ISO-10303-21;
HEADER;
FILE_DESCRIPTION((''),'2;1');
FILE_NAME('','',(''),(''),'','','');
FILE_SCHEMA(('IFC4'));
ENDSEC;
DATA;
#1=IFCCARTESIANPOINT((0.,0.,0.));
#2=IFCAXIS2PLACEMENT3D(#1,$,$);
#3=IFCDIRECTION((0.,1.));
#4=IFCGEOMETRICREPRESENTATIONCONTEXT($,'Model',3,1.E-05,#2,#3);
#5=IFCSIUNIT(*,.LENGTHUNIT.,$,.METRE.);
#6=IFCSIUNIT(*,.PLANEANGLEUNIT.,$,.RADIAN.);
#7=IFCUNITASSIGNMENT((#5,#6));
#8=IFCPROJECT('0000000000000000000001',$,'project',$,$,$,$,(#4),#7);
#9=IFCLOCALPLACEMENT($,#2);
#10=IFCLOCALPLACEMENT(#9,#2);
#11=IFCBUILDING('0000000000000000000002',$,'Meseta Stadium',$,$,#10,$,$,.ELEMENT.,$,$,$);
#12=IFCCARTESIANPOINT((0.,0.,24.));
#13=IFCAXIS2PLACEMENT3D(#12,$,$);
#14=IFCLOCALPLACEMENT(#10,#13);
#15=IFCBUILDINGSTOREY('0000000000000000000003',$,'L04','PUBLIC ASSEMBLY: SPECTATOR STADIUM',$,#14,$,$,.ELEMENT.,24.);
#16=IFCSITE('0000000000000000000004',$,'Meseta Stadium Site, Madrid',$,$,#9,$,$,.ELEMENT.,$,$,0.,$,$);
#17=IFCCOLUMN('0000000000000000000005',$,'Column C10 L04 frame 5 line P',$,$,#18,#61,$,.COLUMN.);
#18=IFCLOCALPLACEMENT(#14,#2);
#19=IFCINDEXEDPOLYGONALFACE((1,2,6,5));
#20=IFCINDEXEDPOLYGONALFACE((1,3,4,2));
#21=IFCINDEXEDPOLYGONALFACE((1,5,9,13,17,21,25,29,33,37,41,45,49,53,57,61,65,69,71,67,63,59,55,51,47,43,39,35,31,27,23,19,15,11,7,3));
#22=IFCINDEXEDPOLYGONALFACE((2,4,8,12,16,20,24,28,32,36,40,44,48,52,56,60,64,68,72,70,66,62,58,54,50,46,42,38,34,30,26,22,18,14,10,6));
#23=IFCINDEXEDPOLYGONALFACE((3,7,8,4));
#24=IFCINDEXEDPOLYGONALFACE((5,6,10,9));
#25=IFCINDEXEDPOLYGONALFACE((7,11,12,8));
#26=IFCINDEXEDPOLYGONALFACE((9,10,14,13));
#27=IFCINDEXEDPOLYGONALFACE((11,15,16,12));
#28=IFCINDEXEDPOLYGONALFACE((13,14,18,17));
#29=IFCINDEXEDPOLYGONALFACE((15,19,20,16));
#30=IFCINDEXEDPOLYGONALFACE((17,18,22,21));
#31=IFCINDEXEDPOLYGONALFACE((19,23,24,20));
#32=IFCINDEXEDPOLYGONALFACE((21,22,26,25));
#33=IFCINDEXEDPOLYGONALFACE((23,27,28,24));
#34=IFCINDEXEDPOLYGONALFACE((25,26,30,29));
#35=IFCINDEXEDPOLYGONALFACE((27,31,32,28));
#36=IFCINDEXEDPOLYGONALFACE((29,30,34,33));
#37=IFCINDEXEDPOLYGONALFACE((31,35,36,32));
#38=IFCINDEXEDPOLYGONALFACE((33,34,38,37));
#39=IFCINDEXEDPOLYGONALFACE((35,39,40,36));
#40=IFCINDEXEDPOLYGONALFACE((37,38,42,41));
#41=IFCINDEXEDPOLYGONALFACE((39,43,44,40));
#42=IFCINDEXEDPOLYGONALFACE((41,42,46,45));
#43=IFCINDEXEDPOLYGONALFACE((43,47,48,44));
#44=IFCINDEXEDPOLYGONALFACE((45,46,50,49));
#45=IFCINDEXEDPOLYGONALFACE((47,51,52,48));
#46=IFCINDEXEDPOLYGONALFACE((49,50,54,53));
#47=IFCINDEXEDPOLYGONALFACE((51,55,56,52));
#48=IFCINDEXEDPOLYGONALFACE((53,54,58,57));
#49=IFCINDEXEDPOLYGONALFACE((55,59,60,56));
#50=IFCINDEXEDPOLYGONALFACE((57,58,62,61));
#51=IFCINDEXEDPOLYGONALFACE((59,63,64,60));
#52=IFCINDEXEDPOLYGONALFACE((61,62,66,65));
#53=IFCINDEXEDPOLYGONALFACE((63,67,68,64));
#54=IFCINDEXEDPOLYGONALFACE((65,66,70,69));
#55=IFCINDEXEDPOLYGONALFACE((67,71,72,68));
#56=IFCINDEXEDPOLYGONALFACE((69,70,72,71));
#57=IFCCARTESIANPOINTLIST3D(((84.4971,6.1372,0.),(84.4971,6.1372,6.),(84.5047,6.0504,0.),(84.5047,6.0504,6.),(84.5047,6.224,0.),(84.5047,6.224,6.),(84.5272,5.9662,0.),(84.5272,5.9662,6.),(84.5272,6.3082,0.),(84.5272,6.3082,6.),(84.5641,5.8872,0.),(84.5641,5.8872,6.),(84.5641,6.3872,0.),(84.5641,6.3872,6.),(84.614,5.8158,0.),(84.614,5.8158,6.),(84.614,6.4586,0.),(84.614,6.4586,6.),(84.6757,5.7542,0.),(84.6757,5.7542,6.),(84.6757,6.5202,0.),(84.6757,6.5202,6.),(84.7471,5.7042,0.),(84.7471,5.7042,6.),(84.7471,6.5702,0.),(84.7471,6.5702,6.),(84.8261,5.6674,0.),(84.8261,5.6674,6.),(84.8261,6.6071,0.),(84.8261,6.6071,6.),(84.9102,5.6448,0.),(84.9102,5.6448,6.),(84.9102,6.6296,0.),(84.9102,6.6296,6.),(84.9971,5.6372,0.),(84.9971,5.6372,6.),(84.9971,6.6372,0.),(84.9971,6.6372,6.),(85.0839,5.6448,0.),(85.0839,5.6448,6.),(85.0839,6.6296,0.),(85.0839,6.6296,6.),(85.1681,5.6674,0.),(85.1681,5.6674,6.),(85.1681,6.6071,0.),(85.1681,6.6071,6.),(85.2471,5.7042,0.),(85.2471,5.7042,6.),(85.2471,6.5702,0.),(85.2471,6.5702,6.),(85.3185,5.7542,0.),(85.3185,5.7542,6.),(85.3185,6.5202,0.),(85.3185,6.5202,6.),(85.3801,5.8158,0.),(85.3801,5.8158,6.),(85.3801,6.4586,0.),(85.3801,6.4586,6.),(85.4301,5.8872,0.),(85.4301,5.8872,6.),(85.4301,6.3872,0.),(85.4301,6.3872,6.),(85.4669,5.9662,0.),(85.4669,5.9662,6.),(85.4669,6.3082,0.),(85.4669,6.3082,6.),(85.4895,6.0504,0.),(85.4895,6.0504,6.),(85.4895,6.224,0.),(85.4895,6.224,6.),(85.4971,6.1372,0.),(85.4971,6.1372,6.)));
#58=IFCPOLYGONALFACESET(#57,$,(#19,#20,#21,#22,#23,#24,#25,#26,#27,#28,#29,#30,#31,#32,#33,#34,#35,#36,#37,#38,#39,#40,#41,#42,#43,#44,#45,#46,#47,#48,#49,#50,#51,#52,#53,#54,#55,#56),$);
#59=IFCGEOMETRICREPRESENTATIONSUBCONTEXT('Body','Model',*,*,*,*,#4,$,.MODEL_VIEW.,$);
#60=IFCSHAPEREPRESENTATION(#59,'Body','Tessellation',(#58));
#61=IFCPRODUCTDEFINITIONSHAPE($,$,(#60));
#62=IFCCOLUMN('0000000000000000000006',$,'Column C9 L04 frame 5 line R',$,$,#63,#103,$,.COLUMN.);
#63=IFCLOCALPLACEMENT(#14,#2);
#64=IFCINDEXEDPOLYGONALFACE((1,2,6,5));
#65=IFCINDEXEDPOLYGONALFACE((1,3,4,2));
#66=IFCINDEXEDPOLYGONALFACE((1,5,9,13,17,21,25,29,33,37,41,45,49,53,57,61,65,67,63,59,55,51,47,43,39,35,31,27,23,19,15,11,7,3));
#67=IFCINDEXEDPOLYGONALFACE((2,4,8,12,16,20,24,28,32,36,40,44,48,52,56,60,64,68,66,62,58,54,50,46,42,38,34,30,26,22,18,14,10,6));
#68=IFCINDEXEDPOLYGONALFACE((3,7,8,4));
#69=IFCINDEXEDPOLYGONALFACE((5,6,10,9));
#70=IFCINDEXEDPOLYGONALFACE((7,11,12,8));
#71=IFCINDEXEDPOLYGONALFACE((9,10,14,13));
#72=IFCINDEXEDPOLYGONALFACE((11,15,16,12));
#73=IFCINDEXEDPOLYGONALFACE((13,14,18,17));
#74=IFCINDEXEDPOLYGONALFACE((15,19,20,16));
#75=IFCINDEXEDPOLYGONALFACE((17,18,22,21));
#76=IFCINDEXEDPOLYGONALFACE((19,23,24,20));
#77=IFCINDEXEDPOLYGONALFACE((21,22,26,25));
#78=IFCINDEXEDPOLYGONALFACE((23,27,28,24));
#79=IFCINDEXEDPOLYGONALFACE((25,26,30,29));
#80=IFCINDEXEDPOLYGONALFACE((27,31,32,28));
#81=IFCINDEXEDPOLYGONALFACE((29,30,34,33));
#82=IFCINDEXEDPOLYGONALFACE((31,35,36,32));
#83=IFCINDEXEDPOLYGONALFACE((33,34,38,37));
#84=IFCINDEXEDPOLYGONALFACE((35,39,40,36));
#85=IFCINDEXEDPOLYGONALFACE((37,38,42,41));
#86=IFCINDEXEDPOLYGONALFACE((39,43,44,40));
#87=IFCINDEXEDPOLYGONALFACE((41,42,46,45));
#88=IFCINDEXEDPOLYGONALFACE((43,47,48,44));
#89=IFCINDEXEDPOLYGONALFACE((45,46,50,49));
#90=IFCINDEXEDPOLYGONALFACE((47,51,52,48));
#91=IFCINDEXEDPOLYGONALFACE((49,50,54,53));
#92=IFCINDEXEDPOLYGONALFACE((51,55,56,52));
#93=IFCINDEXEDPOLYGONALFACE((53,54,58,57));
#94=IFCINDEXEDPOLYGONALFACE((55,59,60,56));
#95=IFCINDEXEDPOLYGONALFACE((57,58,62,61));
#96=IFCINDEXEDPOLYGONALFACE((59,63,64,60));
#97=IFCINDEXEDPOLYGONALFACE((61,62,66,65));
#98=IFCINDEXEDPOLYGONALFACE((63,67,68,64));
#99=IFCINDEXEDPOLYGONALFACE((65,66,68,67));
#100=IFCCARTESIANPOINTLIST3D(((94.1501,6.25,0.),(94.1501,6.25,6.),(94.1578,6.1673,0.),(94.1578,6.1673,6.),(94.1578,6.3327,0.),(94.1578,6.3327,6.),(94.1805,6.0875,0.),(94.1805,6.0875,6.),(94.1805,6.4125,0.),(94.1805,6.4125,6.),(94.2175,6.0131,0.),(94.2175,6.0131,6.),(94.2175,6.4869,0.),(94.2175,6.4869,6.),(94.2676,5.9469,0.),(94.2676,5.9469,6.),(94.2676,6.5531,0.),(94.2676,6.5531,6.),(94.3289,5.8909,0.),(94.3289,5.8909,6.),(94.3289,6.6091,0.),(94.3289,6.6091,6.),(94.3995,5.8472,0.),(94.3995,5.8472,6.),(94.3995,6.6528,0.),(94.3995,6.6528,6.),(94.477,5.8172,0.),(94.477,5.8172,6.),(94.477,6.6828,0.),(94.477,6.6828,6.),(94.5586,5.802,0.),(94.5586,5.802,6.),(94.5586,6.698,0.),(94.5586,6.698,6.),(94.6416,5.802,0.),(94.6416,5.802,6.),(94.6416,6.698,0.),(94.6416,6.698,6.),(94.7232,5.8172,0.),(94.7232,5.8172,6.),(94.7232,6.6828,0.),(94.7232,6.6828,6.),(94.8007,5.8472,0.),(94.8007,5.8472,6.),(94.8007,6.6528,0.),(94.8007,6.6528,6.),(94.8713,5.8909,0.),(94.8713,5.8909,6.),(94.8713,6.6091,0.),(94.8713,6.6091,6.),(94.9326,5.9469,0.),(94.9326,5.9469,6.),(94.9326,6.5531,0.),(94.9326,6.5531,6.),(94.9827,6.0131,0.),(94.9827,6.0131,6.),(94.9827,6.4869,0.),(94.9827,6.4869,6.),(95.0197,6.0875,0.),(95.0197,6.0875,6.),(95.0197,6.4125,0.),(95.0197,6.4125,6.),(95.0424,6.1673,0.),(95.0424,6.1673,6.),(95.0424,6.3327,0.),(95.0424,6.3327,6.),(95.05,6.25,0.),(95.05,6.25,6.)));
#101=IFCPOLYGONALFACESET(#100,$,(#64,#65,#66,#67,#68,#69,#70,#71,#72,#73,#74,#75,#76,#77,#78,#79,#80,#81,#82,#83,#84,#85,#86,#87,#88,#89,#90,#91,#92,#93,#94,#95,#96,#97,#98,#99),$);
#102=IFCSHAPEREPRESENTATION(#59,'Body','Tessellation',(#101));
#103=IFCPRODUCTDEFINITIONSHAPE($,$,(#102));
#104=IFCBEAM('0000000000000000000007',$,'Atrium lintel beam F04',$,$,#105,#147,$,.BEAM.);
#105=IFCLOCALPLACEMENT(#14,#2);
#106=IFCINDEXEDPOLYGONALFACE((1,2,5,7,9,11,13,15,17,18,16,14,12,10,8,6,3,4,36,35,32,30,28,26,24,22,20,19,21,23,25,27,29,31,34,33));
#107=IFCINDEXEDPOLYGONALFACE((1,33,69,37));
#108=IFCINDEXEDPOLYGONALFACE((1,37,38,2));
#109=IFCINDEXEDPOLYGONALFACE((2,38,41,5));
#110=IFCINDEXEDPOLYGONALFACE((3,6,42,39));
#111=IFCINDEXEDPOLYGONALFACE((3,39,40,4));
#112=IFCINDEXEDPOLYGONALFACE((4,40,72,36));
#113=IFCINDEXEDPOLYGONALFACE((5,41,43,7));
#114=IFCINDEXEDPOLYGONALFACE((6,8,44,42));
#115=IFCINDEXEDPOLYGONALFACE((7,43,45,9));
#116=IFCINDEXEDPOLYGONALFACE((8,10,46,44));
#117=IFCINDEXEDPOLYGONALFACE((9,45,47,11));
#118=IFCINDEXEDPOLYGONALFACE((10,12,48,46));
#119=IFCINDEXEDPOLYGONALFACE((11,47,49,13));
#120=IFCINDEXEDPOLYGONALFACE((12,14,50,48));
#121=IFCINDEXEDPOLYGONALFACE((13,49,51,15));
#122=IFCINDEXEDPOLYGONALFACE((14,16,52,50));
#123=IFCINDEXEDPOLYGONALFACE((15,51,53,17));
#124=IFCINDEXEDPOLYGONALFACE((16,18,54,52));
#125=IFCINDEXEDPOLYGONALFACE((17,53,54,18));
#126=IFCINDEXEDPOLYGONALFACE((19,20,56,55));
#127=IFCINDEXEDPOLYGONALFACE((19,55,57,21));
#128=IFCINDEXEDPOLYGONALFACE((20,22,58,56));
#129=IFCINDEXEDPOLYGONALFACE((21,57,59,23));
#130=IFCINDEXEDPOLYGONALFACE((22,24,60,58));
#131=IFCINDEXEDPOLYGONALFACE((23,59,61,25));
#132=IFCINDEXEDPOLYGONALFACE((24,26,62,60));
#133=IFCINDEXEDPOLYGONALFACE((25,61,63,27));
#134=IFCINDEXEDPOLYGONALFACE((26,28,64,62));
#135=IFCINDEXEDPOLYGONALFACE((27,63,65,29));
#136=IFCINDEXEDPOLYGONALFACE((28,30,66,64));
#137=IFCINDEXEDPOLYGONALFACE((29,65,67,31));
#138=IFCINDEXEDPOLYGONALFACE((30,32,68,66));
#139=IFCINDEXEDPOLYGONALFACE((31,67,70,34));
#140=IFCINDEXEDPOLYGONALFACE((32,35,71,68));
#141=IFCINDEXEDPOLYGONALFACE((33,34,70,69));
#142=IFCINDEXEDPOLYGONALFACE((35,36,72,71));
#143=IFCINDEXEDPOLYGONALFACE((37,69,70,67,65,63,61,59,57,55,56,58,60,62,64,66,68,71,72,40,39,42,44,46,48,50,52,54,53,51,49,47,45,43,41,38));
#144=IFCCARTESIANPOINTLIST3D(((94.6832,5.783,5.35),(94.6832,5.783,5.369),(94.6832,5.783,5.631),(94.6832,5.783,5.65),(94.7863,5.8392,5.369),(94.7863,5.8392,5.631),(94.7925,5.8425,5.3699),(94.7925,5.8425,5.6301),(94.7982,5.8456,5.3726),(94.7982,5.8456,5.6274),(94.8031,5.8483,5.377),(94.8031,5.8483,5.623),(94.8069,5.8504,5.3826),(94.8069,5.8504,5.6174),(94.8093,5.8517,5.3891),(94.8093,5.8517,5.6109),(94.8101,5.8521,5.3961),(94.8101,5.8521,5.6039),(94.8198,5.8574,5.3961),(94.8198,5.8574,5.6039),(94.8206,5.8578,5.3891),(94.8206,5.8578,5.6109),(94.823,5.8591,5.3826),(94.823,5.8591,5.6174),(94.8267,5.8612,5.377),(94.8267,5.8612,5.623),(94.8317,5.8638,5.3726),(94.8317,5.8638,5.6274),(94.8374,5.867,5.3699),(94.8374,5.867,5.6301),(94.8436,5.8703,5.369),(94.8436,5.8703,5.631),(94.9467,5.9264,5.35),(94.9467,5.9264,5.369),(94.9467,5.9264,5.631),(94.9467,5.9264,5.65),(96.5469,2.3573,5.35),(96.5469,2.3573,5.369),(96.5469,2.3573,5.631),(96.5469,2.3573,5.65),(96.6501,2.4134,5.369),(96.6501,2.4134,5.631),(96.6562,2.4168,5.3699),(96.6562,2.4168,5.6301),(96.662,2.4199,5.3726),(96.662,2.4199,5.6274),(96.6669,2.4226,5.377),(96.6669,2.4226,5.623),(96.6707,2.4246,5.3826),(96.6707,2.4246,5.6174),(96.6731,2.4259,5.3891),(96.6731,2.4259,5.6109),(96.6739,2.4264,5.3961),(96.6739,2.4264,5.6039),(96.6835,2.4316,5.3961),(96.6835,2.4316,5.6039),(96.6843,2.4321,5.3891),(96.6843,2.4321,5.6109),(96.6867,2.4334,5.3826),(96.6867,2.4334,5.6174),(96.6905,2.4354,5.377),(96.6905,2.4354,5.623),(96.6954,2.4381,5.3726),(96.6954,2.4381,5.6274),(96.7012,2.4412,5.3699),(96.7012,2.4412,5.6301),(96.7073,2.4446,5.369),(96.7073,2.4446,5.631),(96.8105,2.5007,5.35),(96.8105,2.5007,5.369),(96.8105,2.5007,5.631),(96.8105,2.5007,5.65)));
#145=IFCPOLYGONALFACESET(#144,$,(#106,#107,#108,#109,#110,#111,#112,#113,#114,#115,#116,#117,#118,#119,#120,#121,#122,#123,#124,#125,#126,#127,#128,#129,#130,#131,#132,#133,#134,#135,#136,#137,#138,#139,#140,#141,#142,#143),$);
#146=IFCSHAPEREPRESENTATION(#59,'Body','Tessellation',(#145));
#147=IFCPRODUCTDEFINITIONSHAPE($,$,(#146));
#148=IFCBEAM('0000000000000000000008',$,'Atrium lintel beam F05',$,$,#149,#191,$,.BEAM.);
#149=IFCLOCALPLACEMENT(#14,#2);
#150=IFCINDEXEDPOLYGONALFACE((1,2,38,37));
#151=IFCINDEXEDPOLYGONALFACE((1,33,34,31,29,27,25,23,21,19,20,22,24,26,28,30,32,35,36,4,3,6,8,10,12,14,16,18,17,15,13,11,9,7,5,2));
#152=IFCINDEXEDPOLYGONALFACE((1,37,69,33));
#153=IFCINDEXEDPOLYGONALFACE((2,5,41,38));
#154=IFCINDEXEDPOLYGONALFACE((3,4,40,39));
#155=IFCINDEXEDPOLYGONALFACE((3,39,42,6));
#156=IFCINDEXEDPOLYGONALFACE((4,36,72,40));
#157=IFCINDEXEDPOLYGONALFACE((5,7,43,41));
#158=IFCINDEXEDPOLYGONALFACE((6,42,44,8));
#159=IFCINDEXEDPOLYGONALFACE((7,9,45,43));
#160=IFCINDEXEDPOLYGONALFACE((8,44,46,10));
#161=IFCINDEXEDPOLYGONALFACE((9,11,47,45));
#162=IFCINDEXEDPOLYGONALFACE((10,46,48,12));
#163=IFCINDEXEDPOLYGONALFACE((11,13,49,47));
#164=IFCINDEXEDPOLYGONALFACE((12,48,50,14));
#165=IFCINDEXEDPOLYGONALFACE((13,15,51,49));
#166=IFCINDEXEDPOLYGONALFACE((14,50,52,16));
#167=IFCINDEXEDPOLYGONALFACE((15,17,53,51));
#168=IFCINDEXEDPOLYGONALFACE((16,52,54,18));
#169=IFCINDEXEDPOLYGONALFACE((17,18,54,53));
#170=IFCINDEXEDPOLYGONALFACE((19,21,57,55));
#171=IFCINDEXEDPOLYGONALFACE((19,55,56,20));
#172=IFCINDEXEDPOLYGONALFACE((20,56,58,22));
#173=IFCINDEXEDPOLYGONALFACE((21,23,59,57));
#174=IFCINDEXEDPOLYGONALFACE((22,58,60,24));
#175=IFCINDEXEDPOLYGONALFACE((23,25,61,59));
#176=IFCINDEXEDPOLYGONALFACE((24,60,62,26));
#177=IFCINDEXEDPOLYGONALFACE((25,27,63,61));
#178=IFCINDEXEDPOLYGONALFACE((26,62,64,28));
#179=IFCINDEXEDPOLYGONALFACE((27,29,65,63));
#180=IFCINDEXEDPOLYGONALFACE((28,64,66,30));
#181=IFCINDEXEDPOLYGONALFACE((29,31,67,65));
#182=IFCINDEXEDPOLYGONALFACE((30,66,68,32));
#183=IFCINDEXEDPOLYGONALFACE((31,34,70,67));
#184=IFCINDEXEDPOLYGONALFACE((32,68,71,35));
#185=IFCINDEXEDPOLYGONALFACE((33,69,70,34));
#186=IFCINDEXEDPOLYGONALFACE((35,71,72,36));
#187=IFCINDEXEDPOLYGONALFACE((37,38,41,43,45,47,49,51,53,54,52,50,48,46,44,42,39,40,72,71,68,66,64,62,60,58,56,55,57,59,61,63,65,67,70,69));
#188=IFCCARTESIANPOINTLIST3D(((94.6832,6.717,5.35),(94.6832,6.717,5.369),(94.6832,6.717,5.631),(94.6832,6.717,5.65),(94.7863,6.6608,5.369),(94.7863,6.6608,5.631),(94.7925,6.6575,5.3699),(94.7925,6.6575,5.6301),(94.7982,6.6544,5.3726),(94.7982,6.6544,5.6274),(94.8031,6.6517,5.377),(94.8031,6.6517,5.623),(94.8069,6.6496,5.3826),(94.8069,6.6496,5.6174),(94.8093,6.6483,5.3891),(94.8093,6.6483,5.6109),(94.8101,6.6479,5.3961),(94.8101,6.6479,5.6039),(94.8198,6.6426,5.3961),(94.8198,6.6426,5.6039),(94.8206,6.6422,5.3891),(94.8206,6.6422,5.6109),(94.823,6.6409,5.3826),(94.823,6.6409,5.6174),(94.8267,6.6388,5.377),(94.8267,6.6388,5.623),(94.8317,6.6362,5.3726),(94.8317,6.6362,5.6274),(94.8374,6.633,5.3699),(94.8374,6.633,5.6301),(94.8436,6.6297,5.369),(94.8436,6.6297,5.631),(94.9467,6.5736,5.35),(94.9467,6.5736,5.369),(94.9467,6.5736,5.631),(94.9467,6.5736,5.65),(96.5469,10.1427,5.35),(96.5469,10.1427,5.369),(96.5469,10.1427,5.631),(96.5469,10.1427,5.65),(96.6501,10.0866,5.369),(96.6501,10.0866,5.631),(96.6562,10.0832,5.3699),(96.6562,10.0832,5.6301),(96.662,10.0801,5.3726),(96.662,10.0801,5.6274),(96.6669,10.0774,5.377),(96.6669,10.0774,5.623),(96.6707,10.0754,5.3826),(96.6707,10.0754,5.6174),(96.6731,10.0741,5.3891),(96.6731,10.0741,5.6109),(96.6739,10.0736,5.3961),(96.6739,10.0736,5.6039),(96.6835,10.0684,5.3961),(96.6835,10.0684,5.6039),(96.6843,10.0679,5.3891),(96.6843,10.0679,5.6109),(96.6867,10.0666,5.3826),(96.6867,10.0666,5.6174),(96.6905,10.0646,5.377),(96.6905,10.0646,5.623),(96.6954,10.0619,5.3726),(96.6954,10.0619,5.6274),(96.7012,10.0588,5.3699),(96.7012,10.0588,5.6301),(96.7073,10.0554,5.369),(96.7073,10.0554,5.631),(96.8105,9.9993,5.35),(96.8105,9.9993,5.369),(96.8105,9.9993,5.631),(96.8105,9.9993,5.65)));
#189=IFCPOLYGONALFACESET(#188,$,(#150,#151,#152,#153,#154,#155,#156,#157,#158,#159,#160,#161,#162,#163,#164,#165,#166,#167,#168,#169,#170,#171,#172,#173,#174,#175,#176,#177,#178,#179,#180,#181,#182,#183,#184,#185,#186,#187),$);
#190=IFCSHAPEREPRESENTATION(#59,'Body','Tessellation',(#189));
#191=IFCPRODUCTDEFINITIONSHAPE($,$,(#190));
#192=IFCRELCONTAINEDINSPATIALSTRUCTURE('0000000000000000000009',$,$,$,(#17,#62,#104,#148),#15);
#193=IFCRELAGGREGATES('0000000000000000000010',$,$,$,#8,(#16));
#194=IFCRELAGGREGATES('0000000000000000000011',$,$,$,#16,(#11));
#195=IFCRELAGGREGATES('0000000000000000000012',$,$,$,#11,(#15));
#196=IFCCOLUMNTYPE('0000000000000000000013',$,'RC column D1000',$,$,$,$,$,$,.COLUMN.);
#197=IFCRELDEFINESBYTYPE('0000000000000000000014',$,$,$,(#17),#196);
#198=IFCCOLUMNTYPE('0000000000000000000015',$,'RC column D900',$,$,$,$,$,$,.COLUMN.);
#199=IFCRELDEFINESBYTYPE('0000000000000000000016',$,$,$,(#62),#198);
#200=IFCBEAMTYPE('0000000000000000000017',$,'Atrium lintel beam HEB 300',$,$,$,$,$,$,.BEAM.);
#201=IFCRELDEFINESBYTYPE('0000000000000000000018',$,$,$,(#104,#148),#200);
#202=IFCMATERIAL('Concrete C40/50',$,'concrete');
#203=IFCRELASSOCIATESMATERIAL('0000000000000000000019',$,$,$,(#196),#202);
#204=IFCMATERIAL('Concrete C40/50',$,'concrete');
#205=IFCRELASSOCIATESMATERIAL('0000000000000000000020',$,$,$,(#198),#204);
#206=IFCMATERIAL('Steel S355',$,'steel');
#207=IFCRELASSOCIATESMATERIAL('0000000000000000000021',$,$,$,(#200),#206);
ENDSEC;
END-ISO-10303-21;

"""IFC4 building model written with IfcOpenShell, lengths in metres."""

from ifc_helpers import new_model, si_unit, direction, frame, origin, origin_2d, place, context, subcontext, project, spatial, circle, i_section, extrude, material, material_profile, profile_set, type_object, element, save


model = new_model("IFC4")

# Units and contexts
model_context = context("Model", 3, precision=1e-05, world=origin(), true_north=direction((0.0, 1.0)))
body_context = subcontext(model_context, "Body", "Model", "MODEL_VIEW")
ifc_project = project(units=[si_unit("LENGTHUNIT", "METRE"), si_unit("PLANEANGLEUNIT", "RADIAN")], contexts=[model_context])

# Site, building, storey
site_placement = place(None, origin())
site = spatial("IfcSite", under=ifc_project, at=site_placement, Name="Meseta Stadium Site, Madrid", CompositionType="ELEMENT", RefElevation=0.0)
building_placement = place(site_placement, origin())
building = spatial("IfcBuilding", under=site, at=building_placement, Name="Meseta Stadium", CompositionType="ELEMENT")
storey_placement = place(building_placement, frame((0.0, 0.0, 24.0)))
storey = spatial("IfcBuildingStorey", under=building, at=storey_placement, Name="L04", Description="PUBLIC ASSEMBLY: SPECTATOR STADIUM", CompositionType="ELEMENT", Elevation=24.0)

# Columns
ifc_material_1 = material(Name="Concrete C40/50", Category="concrete")
ifc_material_profile_1 = material_profile(ifc_material_1, circle(Radius=0.5, at=origin_2d()), Name="RC D1000")
ifc_profile_set_1 = profile_set([ifc_material_profile_1], Name="Concrete C40/50")
column_type_1 = type_object("IfcColumnType", Name="RC column D1000", PredefinedType="COLUMN", material=ifc_profile_set_1)
column_1_placement = place(storey_placement, frame((84.9971, 6.1372, 0.0), z_axis=(0.0, 0.0, 1.0), x_axis=(1.0, 0.0, 0.0)))
element("IfcColumn", 1, at=column_1_placement, inside=storey, type_object=column_type_1, Name="Column C10 L04 frame 5 line P", PredefinedType="COLUMN", context=body_context, shape_type="SweptSolid", body=[
    extrude(circle(Radius=0.5, at=origin_2d()), origin(), (0.0, 0.0, 1.0), 6.0),
])
ifc_material_2 = material(Name="Concrete C40/50", Category="concrete")
ifc_material_profile_2 = material_profile(ifc_material_2, circle(Radius=0.45, at=origin_2d()), Name="RC D900")
ifc_profile_set_2 = profile_set([ifc_material_profile_2], Name="Concrete C40/50")
column_type_2 = type_object("IfcColumnType", Name="RC column D900", PredefinedType="COLUMN", material=ifc_profile_set_2)
column_2_placement = place(storey_placement, frame((94.6001, 6.25, 0.0), z_axis=(0.0, 0.0, 1.0), x_axis=(1.0, 0.0, 0.0)))
element("IfcColumn", 2, at=column_2_placement, inside=storey, type_object=column_type_2, Name="Column C9 L04 frame 5 line R", PredefinedType="COLUMN", context=body_context, shape_type="SweptSolid", body=[
    extrude(circle(Radius=0.45, at=origin_2d()), origin(), (0.0, 0.0, 1.0), 6.0),
])

# Beams
ifc_material_3 = material(Name="Steel S355", Category="steel")
ifc_material_profile_3 = material_profile(ifc_material_3, i_section(OverallWidth=0.3, OverallDepth=0.3, WebThickness=0.011, FlangeThickness=0.019, FilletRadius=0.0271, at=origin_2d()), Name="HEB 300")
ifc_profile_set_3 = profile_set([ifc_material_profile_3], Name="Steel S355")
beam_type_1 = type_object("IfcBeamType", Name="Atrium lintel beam HEB 300", PredefinedType="BEAM", material=ifc_profile_set_3)
for number, where, z_axis, x_axis, name in (
    (3, (94.8149, 5.8547, 5.5), (0.477896, -0.878417, 0.0), (0.878417, 0.477896, 0.0), "Atrium lintel beam F04"),
    (4, (94.8149, 6.6453, 5.5), (0.477896, 0.878417, 0.0), (-0.878417, 0.477896, 0.0), "Atrium lintel beam F05"),
):
    element("IfcBeam", number, at=place(storey_placement, frame(where, z_axis=z_axis, x_axis=x_axis)), inside=storey, type_object=beam_type_1, Name=name, PredefinedType="BEAM", context=body_context, shape_type="SweptSolid", body=[
        extrude(i_section(OverallWidth=0.3, OverallDepth=0.3, WebThickness=0.011, FlangeThickness=0.019, FilletRadius=0.0271, at=origin_2d()), origin(), (0.0, 0.0, 1.0), 3.8999),
    ])

save(model, "model.ifc")
